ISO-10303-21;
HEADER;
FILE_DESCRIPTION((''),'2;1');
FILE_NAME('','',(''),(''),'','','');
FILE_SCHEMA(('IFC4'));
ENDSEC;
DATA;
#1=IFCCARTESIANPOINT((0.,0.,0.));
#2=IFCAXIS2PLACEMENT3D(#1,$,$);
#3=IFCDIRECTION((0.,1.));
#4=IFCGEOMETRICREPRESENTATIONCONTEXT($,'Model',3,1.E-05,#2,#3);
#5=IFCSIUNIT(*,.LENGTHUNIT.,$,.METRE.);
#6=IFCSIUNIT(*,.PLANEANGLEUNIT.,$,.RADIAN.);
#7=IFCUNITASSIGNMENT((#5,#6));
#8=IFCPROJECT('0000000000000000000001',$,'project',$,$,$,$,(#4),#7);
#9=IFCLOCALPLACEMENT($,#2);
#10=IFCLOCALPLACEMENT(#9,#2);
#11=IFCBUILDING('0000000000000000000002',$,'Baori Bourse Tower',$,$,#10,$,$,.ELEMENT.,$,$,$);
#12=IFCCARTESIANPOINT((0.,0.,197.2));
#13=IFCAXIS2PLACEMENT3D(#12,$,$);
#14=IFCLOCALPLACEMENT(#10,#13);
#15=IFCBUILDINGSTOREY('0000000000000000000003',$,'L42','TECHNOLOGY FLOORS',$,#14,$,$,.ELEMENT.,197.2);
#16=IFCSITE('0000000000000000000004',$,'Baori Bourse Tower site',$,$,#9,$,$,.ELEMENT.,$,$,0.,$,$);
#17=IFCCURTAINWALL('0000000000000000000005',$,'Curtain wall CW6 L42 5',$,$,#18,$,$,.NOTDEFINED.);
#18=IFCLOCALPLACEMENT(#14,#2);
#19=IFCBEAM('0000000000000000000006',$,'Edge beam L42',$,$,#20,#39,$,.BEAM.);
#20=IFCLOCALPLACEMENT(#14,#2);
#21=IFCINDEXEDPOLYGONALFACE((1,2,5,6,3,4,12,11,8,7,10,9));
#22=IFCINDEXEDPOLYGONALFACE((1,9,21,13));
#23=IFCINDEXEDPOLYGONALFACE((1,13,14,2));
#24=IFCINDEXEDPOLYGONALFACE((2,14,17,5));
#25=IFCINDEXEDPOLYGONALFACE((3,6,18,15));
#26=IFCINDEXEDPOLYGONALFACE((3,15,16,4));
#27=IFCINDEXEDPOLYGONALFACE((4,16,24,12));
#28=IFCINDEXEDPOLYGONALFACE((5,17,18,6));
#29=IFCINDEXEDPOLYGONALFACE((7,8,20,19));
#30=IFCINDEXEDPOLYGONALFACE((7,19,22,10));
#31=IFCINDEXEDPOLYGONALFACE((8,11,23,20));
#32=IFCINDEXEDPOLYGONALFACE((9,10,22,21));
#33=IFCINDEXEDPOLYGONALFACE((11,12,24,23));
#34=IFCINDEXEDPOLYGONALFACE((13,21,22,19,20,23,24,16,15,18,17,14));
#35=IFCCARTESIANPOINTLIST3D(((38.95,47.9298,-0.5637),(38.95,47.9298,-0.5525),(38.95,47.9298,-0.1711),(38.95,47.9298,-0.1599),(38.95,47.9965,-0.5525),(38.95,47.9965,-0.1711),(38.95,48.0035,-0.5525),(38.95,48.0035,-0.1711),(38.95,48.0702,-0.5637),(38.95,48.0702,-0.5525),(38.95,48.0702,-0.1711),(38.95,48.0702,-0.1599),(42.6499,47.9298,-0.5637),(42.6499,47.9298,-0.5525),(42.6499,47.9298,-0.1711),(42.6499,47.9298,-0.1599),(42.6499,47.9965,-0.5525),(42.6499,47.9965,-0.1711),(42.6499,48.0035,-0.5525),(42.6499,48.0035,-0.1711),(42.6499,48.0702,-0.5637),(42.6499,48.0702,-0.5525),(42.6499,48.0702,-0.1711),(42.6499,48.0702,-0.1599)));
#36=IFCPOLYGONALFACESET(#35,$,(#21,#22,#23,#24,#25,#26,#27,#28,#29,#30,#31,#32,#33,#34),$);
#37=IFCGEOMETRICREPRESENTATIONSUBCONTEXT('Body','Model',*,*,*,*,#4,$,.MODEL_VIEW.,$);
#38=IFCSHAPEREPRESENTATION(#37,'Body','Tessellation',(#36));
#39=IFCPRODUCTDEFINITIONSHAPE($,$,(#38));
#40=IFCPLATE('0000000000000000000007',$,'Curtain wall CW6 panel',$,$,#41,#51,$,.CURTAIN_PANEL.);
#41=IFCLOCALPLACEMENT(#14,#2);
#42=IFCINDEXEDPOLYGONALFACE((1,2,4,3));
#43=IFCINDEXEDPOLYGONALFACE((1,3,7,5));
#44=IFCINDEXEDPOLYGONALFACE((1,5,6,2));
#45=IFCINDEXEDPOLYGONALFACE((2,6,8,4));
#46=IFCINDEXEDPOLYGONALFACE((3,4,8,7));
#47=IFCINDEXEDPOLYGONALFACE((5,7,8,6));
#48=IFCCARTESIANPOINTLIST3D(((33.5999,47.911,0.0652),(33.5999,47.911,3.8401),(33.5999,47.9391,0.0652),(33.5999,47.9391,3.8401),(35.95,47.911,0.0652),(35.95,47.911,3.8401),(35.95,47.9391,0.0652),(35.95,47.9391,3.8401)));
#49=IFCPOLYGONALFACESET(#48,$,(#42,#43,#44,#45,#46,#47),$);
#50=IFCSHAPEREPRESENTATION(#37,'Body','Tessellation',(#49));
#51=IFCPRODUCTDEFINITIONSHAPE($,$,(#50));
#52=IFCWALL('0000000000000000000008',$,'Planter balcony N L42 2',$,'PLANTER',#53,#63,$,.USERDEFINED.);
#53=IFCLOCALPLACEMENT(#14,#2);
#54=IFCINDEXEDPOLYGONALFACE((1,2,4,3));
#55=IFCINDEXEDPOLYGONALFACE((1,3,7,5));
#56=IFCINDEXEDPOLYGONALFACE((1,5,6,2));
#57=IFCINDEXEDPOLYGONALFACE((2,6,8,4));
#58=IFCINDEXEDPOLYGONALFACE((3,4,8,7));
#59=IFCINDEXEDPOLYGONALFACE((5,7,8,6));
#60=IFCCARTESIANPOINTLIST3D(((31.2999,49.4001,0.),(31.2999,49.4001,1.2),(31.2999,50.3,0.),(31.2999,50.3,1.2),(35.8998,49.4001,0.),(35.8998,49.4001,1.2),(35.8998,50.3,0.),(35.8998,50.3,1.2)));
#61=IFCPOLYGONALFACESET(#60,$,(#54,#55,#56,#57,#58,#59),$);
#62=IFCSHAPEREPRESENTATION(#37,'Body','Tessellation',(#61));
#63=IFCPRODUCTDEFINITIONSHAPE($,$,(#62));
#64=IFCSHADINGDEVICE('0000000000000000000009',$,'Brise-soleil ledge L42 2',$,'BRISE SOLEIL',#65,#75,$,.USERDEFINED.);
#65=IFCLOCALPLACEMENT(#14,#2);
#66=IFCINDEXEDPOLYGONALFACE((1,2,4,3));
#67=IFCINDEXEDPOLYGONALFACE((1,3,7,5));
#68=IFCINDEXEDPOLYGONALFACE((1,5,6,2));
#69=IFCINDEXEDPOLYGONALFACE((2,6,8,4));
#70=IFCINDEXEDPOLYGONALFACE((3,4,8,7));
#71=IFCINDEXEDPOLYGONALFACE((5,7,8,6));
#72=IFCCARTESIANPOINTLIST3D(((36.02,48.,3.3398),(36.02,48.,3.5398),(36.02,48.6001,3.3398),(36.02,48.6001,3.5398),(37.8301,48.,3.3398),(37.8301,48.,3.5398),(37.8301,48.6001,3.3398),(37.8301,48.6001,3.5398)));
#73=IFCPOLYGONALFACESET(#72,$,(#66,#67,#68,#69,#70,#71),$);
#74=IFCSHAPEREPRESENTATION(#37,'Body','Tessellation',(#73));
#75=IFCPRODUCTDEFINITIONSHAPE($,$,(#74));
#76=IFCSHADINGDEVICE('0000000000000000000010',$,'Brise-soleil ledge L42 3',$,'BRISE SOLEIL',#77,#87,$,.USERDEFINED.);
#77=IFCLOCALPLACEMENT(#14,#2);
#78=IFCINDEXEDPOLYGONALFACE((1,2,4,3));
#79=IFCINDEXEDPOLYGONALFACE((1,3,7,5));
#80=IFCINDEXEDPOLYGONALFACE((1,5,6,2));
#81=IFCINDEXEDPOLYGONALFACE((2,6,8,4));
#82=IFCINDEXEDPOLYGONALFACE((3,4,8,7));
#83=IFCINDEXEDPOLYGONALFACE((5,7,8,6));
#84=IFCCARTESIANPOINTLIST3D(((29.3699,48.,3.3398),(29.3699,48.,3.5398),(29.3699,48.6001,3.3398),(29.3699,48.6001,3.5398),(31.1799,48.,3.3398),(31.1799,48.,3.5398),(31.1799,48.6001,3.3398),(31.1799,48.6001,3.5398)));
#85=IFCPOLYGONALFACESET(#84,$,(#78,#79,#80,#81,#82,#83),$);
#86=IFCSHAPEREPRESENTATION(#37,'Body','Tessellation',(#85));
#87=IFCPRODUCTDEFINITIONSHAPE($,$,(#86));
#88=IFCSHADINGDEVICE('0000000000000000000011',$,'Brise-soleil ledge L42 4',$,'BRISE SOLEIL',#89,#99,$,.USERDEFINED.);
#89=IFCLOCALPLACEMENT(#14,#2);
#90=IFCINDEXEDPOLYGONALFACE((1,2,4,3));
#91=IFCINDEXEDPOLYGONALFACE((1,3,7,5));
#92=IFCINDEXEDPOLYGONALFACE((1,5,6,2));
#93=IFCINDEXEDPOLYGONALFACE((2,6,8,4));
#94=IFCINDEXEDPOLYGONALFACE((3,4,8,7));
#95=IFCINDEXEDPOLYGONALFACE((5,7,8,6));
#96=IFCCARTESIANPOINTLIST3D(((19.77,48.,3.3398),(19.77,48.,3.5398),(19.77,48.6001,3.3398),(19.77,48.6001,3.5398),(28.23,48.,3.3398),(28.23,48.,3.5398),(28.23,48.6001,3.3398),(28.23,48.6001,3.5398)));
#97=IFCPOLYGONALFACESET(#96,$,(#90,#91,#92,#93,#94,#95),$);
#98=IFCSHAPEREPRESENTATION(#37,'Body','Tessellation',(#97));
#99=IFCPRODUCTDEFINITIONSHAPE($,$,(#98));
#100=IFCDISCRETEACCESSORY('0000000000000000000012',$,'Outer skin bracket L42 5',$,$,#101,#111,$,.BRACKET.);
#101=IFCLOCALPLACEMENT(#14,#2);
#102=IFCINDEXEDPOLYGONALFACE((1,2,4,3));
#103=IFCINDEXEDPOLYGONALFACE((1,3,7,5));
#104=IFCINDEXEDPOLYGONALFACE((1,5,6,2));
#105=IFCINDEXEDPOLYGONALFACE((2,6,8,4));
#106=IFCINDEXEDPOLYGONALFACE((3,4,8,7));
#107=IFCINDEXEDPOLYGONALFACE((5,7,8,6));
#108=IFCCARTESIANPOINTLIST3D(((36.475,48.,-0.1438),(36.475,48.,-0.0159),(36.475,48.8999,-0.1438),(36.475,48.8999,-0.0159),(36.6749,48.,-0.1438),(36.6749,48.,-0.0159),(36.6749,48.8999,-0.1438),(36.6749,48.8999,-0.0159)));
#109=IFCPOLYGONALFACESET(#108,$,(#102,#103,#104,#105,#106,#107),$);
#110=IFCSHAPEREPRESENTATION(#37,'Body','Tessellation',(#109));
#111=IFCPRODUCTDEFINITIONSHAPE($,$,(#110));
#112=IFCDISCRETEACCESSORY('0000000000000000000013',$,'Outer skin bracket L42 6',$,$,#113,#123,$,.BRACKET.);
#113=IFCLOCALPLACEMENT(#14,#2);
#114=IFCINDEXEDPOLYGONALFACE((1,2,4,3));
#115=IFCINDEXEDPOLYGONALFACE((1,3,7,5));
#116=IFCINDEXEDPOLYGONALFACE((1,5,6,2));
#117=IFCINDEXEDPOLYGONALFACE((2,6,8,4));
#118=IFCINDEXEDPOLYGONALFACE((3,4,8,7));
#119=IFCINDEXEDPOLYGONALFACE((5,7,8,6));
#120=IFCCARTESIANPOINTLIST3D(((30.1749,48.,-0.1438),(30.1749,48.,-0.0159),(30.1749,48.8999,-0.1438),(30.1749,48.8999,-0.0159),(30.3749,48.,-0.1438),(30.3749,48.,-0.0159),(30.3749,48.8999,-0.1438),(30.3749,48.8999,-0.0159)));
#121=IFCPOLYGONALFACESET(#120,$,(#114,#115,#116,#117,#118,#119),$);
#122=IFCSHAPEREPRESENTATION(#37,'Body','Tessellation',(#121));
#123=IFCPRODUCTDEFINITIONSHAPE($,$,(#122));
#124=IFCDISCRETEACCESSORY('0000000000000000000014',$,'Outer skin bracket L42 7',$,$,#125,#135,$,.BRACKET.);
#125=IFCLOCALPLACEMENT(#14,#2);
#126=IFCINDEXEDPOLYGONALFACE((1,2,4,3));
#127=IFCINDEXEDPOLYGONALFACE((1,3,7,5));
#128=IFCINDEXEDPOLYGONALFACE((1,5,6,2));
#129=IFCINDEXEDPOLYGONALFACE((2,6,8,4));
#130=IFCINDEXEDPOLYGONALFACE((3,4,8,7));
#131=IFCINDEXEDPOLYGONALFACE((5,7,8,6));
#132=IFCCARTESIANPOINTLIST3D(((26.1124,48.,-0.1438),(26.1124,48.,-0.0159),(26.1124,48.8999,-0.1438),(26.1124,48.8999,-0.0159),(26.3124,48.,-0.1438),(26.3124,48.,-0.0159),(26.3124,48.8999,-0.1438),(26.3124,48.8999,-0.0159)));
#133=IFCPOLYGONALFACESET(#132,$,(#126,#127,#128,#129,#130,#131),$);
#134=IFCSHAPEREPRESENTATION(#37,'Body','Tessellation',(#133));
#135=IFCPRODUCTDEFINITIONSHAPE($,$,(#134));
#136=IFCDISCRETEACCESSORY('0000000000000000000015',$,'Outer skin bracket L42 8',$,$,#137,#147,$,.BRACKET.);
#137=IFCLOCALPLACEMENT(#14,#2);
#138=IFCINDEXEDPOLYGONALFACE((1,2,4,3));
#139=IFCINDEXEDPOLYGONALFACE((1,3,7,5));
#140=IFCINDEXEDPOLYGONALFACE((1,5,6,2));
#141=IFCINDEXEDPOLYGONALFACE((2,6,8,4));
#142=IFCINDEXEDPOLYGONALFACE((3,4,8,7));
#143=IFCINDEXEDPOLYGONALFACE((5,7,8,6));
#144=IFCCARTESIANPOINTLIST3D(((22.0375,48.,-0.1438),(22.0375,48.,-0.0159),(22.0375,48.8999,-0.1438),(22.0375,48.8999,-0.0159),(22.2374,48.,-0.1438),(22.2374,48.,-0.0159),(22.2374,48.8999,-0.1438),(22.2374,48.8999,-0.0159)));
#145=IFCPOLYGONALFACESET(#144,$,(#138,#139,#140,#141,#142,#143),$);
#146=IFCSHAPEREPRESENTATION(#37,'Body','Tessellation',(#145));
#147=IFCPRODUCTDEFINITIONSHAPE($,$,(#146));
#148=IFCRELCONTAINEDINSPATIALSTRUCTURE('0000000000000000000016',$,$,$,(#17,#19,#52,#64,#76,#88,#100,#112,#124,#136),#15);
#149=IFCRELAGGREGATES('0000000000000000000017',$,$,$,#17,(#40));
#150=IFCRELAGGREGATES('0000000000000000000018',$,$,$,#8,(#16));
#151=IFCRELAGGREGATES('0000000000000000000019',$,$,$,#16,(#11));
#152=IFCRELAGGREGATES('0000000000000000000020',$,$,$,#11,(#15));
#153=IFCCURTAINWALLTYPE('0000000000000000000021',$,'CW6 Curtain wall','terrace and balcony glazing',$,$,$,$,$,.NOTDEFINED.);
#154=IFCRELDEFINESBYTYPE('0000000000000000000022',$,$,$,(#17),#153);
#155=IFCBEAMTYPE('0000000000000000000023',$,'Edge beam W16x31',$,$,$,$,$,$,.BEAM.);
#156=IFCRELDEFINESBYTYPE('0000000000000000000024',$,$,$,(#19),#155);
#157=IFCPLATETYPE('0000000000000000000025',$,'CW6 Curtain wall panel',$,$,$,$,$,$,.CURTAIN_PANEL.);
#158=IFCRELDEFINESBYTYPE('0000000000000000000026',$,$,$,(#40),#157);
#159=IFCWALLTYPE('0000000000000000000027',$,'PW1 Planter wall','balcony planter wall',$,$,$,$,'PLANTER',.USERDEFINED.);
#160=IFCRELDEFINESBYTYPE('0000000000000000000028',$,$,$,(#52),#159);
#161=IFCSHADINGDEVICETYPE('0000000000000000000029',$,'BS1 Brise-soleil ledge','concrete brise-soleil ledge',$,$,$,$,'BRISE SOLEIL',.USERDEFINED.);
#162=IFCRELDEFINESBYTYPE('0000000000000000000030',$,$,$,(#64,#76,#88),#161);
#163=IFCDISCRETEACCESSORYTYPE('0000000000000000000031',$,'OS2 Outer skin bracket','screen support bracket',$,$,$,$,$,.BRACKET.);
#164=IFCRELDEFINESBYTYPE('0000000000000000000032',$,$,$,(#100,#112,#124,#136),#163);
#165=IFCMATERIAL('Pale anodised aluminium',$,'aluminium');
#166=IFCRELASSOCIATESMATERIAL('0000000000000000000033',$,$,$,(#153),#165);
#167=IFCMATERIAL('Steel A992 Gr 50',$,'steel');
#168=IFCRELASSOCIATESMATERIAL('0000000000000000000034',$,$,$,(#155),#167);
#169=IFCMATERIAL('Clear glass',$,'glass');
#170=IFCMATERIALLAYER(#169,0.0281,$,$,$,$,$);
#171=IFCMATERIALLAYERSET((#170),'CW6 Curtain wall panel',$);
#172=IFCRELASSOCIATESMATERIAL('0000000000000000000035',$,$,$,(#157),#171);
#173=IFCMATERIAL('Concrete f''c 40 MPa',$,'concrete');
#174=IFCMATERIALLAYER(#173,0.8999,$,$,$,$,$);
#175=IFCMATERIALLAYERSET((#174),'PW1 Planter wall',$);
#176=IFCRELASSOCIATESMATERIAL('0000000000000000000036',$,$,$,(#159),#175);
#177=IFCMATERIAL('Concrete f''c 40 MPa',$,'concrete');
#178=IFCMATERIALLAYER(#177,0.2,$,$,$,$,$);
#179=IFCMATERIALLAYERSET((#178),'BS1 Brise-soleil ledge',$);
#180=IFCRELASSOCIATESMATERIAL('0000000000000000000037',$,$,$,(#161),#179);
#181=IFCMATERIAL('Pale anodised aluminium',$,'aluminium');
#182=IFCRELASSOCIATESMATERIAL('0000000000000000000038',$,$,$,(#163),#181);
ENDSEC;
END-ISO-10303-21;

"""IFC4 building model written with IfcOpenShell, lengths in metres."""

from ifc_helpers import new_model, si_unit, direction, frame, frame_2d, origin, origin_2d, place, context, subcontext, project, spatial, rectangle, i_section, extrude, material, layer, layer_set, material_profile, profile_set, type_object, element, aggregate, save


model = new_model("IFC4")

# Units and contexts
model_context = context("Model", 3, precision=1e-05, world=origin(), true_north=direction((0.0, 1.0)))
body_context = subcontext(model_context, "Body", "Model", "MODEL_VIEW")
ifc_project = project(units=[si_unit("LENGTHUNIT", "METRE"), si_unit("PLANEANGLEUNIT", "RADIAN")], contexts=[model_context])

# Site, building, storey
site_placement = place(None, origin())
site = spatial("IfcSite", under=ifc_project, at=site_placement, Name="Baori Bourse Tower site", CompositionType="ELEMENT", RefElevation=0.0)
building_placement = place(site_placement, origin())
building = spatial("IfcBuilding", under=site, at=building_placement, Name="Baori Bourse Tower", CompositionType="ELEMENT")
storey_placement = place(building_placement, frame((0.0, 0.0, 197.2)))
storey = spatial("IfcBuildingStorey", under=building, at=storey_placement, Name="L42", Description="TECHNOLOGY FLOORS", CompositionType="ELEMENT", Elevation=197.2)

# Curtain wall
ifc_material_1 = material(Name="Pale anodised aluminium", Category="aluminium")
curtain_wall_type = type_object("IfcCurtainWallType", Name="CW6 Curtain wall", Description="terrace and balcony glazing", PredefinedType="NOTDEFINED", material=ifc_material_1)
curtain_wall_placement = place(storey_placement, origin())
curtain_wall = element("IfcCurtainWall", 1, at=curtain_wall_placement, inside=storey, type_object=curtain_wall_type, Name="Curtain wall CW6 L42 5", PredefinedType="NOTDEFINED")

# Beam
ifc_material_2 = material(Name="Steel A992 Gr 50", Category="steel")
ifc_material_profile_1 = material_profile(ifc_material_2, i_section(OverallWidth=0.1404, OverallDepth=0.4038, WebThickness=0.0071, FlangeThickness=0.0112, at=origin_2d()), Name="W16x31")
ifc_profile_set_1 = profile_set([ifc_material_profile_1], Name="Steel A992 Gr 50")
beam_type_1 = type_object("IfcBeamType", Name="Edge beam W16x31", PredefinedType="BEAM", material=ifc_profile_set_1)
beam_1_placement = place(storey_placement, frame((38.95, 48.0, -0.3618), z_axis=(1.0, 0.0, 0.0), x_axis=(0.0, 1.0, 0.0)))
element("IfcBeam", 2, at=beam_1_placement, inside=storey, type_object=beam_type_1, Name="Edge beam L42", PredefinedType="BEAM", context=body_context, shape_type="SweptSolid", body=[
    extrude(i_section(OverallWidth=0.1404, OverallDepth=0.4038, WebThickness=0.0071, FlangeThickness=0.0112, at=origin_2d()), origin(), (0.0, 0.0, 1.0), 3.7),
])

# Plate
ifc_material_3 = material(Name="Clear glass", Category="glass")
ifc_layer_1 = layer(ifc_material_3, 0.0281)
ifc_layer_set_1 = layer_set([ifc_layer_1], Name="CW6 Curtain wall panel")
plate_type = type_object("IfcPlateType", Name="CW6 Curtain wall panel", PredefinedType="CURTAIN_PANEL", material=ifc_layer_set_1)
plate_placement = place(storey_placement, frame((34.7749, 47.925, 0.0652), z_axis=(0.0, 0.0, 1.0), x_axis=(-1.0, 0.0, 0.0)))
plate = element("IfcPlate", 3, at=plate_placement, type_object=plate_type, Name="Curtain wall CW6 panel", PredefinedType="CURTAIN_PANEL", context=body_context, shape_type="SweptSolid", body=[
    extrude(rectangle(XDim=2.3501, YDim=0.0281, at=origin_2d()), origin(), (0.0, 0.0, 1.0), 3.7749),
])
aggregate(curtain_wall, [plate])

# Wall
ifc_material_4 = material(Name="Concrete f'c 40 MPa", Category="concrete")
ifc_layer_2 = layer(ifc_material_4, 0.8999)
ifc_layer_set_2 = layer_set([ifc_layer_2], Name="PW1 Planter wall")
wall_type = type_object("IfcWallType", Name="PW1 Planter wall", Description="balcony planter wall", ElementType="PLANTER", PredefinedType="USERDEFINED", material=ifc_layer_set_2)
wall_placement = place(storey_placement, frame((31.3, 49.8501, 0.0), z_axis=(0.0, 0.0, 1.0), x_axis=(1.0, 0.0, 0.0)))
element("IfcWall", 4, at=wall_placement, inside=storey, type_object=wall_type, Name="Planter balcony N L42 2", ObjectType="PLANTER", PredefinedType="USERDEFINED", context=body_context, shape_type="SweptSolid", body=[
    extrude(rectangle(XDim=4.5999, YDim=0.8999, at=frame_2d((2.2998, 0.0))), origin(), (0.0, 0.0, 1.0), 1.2),
])

# Shading devices
ifc_material_5 = material(Name="Concrete f'c 40 MPa", Category="concrete")
ifc_layer_3 = layer(ifc_material_5, 0.2)
ifc_layer_set_3 = layer_set([ifc_layer_3], Name="BS1 Brise-soleil ledge")
shading_device_type = type_object("IfcShadingDeviceType", Name="BS1 Brise-soleil ledge", Description="concrete brise-soleil ledge", ElementType="BRISE SOLEIL", PredefinedType="USERDEFINED", material=ifc_layer_set_3)
for number, where, z_axis, x_axis, name in (
    (5, (36.925, 48.3, 3.3398), (0.0, 0.0, 1.0), (-1.0, 0.0, 0.0), "Brise-soleil ledge L42 2"),
    (6, (30.2749, 48.3, 3.3398), (0.0, 0.0, 1.0), (-1.0, 0.0, 0.0), "Brise-soleil ledge L42 3"),
):
    element("IfcShadingDevice", number, at=place(storey_placement, frame(where, z_axis=z_axis, x_axis=x_axis)), inside=storey, type_object=shading_device_type, Name=name, ObjectType="BRISE SOLEIL", PredefinedType="USERDEFINED", context=body_context, shape_type="SweptSolid", body=[
        extrude(rectangle(XDim=1.8101, YDim=0.6001, at=origin_2d()), origin(), (0.0, 0.0, 1.0), 0.2),
    ])
shading_device_placement = place(storey_placement, frame((24.0, 48.3, 3.3398), z_axis=(0.0, 0.0, 1.0), x_axis=(-1.0, 0.0, 0.0)))
element("IfcShadingDevice", 7, at=shading_device_placement, inside=storey, type_object=shading_device_type, Name="Brise-soleil ledge L42 4", ObjectType="BRISE SOLEIL", PredefinedType="USERDEFINED", context=body_context, shape_type="SweptSolid", body=[
    extrude(rectangle(XDim=8.46, YDim=0.6001, at=origin_2d()), origin(), (0.0, 0.0, 1.0), 0.2),
])

# Discrete accessories
ifc_material_6 = material(Name="Pale anodised aluminium", Category="aluminium")
discrete_accessory_type = type_object("IfcDiscreteAccessoryType", Name="OS2 Outer skin bracket", Description="screen support bracket", PredefinedType="BRACKET", material=ifc_material_6)
for number, where, z_axis, x_axis, name in (
    (8, (36.575, 48.45, -0.1438), (0.0, 0.0, 1.0), (-1.0, 0.0, 0.0), "Outer skin bracket L42 5"),
    (9, (30.2749, 48.45, -0.1438), (0.0, 0.0, 1.0), (-1.0, 0.0, 0.0), "Outer skin bracket L42 6"),
    (10, (26.2124, 48.45, -0.1438), (0.0, 0.0, 1.0), (-1.0, 0.0, 0.0), "Outer skin bracket L42 7"),
    (11, (22.1375, 48.45, -0.1438), (0.0, 0.0, 1.0), (-1.0, 0.0, 0.0), "Outer skin bracket L42 8"),
):
    element("IfcDiscreteAccessory", number, at=place(storey_placement, frame(where, z_axis=z_axis, x_axis=x_axis)), inside=storey, type_object=discrete_accessory_type, Name=name, PredefinedType="BRACKET", context=body_context, shape_type="SweptSolid", body=[
        extrude(rectangle(XDim=0.2, YDim=0.8999, at=origin_2d()), origin(), (0.0, 0.0, 1.0), 0.1279),
    ])

save(model, "model.ifc")
